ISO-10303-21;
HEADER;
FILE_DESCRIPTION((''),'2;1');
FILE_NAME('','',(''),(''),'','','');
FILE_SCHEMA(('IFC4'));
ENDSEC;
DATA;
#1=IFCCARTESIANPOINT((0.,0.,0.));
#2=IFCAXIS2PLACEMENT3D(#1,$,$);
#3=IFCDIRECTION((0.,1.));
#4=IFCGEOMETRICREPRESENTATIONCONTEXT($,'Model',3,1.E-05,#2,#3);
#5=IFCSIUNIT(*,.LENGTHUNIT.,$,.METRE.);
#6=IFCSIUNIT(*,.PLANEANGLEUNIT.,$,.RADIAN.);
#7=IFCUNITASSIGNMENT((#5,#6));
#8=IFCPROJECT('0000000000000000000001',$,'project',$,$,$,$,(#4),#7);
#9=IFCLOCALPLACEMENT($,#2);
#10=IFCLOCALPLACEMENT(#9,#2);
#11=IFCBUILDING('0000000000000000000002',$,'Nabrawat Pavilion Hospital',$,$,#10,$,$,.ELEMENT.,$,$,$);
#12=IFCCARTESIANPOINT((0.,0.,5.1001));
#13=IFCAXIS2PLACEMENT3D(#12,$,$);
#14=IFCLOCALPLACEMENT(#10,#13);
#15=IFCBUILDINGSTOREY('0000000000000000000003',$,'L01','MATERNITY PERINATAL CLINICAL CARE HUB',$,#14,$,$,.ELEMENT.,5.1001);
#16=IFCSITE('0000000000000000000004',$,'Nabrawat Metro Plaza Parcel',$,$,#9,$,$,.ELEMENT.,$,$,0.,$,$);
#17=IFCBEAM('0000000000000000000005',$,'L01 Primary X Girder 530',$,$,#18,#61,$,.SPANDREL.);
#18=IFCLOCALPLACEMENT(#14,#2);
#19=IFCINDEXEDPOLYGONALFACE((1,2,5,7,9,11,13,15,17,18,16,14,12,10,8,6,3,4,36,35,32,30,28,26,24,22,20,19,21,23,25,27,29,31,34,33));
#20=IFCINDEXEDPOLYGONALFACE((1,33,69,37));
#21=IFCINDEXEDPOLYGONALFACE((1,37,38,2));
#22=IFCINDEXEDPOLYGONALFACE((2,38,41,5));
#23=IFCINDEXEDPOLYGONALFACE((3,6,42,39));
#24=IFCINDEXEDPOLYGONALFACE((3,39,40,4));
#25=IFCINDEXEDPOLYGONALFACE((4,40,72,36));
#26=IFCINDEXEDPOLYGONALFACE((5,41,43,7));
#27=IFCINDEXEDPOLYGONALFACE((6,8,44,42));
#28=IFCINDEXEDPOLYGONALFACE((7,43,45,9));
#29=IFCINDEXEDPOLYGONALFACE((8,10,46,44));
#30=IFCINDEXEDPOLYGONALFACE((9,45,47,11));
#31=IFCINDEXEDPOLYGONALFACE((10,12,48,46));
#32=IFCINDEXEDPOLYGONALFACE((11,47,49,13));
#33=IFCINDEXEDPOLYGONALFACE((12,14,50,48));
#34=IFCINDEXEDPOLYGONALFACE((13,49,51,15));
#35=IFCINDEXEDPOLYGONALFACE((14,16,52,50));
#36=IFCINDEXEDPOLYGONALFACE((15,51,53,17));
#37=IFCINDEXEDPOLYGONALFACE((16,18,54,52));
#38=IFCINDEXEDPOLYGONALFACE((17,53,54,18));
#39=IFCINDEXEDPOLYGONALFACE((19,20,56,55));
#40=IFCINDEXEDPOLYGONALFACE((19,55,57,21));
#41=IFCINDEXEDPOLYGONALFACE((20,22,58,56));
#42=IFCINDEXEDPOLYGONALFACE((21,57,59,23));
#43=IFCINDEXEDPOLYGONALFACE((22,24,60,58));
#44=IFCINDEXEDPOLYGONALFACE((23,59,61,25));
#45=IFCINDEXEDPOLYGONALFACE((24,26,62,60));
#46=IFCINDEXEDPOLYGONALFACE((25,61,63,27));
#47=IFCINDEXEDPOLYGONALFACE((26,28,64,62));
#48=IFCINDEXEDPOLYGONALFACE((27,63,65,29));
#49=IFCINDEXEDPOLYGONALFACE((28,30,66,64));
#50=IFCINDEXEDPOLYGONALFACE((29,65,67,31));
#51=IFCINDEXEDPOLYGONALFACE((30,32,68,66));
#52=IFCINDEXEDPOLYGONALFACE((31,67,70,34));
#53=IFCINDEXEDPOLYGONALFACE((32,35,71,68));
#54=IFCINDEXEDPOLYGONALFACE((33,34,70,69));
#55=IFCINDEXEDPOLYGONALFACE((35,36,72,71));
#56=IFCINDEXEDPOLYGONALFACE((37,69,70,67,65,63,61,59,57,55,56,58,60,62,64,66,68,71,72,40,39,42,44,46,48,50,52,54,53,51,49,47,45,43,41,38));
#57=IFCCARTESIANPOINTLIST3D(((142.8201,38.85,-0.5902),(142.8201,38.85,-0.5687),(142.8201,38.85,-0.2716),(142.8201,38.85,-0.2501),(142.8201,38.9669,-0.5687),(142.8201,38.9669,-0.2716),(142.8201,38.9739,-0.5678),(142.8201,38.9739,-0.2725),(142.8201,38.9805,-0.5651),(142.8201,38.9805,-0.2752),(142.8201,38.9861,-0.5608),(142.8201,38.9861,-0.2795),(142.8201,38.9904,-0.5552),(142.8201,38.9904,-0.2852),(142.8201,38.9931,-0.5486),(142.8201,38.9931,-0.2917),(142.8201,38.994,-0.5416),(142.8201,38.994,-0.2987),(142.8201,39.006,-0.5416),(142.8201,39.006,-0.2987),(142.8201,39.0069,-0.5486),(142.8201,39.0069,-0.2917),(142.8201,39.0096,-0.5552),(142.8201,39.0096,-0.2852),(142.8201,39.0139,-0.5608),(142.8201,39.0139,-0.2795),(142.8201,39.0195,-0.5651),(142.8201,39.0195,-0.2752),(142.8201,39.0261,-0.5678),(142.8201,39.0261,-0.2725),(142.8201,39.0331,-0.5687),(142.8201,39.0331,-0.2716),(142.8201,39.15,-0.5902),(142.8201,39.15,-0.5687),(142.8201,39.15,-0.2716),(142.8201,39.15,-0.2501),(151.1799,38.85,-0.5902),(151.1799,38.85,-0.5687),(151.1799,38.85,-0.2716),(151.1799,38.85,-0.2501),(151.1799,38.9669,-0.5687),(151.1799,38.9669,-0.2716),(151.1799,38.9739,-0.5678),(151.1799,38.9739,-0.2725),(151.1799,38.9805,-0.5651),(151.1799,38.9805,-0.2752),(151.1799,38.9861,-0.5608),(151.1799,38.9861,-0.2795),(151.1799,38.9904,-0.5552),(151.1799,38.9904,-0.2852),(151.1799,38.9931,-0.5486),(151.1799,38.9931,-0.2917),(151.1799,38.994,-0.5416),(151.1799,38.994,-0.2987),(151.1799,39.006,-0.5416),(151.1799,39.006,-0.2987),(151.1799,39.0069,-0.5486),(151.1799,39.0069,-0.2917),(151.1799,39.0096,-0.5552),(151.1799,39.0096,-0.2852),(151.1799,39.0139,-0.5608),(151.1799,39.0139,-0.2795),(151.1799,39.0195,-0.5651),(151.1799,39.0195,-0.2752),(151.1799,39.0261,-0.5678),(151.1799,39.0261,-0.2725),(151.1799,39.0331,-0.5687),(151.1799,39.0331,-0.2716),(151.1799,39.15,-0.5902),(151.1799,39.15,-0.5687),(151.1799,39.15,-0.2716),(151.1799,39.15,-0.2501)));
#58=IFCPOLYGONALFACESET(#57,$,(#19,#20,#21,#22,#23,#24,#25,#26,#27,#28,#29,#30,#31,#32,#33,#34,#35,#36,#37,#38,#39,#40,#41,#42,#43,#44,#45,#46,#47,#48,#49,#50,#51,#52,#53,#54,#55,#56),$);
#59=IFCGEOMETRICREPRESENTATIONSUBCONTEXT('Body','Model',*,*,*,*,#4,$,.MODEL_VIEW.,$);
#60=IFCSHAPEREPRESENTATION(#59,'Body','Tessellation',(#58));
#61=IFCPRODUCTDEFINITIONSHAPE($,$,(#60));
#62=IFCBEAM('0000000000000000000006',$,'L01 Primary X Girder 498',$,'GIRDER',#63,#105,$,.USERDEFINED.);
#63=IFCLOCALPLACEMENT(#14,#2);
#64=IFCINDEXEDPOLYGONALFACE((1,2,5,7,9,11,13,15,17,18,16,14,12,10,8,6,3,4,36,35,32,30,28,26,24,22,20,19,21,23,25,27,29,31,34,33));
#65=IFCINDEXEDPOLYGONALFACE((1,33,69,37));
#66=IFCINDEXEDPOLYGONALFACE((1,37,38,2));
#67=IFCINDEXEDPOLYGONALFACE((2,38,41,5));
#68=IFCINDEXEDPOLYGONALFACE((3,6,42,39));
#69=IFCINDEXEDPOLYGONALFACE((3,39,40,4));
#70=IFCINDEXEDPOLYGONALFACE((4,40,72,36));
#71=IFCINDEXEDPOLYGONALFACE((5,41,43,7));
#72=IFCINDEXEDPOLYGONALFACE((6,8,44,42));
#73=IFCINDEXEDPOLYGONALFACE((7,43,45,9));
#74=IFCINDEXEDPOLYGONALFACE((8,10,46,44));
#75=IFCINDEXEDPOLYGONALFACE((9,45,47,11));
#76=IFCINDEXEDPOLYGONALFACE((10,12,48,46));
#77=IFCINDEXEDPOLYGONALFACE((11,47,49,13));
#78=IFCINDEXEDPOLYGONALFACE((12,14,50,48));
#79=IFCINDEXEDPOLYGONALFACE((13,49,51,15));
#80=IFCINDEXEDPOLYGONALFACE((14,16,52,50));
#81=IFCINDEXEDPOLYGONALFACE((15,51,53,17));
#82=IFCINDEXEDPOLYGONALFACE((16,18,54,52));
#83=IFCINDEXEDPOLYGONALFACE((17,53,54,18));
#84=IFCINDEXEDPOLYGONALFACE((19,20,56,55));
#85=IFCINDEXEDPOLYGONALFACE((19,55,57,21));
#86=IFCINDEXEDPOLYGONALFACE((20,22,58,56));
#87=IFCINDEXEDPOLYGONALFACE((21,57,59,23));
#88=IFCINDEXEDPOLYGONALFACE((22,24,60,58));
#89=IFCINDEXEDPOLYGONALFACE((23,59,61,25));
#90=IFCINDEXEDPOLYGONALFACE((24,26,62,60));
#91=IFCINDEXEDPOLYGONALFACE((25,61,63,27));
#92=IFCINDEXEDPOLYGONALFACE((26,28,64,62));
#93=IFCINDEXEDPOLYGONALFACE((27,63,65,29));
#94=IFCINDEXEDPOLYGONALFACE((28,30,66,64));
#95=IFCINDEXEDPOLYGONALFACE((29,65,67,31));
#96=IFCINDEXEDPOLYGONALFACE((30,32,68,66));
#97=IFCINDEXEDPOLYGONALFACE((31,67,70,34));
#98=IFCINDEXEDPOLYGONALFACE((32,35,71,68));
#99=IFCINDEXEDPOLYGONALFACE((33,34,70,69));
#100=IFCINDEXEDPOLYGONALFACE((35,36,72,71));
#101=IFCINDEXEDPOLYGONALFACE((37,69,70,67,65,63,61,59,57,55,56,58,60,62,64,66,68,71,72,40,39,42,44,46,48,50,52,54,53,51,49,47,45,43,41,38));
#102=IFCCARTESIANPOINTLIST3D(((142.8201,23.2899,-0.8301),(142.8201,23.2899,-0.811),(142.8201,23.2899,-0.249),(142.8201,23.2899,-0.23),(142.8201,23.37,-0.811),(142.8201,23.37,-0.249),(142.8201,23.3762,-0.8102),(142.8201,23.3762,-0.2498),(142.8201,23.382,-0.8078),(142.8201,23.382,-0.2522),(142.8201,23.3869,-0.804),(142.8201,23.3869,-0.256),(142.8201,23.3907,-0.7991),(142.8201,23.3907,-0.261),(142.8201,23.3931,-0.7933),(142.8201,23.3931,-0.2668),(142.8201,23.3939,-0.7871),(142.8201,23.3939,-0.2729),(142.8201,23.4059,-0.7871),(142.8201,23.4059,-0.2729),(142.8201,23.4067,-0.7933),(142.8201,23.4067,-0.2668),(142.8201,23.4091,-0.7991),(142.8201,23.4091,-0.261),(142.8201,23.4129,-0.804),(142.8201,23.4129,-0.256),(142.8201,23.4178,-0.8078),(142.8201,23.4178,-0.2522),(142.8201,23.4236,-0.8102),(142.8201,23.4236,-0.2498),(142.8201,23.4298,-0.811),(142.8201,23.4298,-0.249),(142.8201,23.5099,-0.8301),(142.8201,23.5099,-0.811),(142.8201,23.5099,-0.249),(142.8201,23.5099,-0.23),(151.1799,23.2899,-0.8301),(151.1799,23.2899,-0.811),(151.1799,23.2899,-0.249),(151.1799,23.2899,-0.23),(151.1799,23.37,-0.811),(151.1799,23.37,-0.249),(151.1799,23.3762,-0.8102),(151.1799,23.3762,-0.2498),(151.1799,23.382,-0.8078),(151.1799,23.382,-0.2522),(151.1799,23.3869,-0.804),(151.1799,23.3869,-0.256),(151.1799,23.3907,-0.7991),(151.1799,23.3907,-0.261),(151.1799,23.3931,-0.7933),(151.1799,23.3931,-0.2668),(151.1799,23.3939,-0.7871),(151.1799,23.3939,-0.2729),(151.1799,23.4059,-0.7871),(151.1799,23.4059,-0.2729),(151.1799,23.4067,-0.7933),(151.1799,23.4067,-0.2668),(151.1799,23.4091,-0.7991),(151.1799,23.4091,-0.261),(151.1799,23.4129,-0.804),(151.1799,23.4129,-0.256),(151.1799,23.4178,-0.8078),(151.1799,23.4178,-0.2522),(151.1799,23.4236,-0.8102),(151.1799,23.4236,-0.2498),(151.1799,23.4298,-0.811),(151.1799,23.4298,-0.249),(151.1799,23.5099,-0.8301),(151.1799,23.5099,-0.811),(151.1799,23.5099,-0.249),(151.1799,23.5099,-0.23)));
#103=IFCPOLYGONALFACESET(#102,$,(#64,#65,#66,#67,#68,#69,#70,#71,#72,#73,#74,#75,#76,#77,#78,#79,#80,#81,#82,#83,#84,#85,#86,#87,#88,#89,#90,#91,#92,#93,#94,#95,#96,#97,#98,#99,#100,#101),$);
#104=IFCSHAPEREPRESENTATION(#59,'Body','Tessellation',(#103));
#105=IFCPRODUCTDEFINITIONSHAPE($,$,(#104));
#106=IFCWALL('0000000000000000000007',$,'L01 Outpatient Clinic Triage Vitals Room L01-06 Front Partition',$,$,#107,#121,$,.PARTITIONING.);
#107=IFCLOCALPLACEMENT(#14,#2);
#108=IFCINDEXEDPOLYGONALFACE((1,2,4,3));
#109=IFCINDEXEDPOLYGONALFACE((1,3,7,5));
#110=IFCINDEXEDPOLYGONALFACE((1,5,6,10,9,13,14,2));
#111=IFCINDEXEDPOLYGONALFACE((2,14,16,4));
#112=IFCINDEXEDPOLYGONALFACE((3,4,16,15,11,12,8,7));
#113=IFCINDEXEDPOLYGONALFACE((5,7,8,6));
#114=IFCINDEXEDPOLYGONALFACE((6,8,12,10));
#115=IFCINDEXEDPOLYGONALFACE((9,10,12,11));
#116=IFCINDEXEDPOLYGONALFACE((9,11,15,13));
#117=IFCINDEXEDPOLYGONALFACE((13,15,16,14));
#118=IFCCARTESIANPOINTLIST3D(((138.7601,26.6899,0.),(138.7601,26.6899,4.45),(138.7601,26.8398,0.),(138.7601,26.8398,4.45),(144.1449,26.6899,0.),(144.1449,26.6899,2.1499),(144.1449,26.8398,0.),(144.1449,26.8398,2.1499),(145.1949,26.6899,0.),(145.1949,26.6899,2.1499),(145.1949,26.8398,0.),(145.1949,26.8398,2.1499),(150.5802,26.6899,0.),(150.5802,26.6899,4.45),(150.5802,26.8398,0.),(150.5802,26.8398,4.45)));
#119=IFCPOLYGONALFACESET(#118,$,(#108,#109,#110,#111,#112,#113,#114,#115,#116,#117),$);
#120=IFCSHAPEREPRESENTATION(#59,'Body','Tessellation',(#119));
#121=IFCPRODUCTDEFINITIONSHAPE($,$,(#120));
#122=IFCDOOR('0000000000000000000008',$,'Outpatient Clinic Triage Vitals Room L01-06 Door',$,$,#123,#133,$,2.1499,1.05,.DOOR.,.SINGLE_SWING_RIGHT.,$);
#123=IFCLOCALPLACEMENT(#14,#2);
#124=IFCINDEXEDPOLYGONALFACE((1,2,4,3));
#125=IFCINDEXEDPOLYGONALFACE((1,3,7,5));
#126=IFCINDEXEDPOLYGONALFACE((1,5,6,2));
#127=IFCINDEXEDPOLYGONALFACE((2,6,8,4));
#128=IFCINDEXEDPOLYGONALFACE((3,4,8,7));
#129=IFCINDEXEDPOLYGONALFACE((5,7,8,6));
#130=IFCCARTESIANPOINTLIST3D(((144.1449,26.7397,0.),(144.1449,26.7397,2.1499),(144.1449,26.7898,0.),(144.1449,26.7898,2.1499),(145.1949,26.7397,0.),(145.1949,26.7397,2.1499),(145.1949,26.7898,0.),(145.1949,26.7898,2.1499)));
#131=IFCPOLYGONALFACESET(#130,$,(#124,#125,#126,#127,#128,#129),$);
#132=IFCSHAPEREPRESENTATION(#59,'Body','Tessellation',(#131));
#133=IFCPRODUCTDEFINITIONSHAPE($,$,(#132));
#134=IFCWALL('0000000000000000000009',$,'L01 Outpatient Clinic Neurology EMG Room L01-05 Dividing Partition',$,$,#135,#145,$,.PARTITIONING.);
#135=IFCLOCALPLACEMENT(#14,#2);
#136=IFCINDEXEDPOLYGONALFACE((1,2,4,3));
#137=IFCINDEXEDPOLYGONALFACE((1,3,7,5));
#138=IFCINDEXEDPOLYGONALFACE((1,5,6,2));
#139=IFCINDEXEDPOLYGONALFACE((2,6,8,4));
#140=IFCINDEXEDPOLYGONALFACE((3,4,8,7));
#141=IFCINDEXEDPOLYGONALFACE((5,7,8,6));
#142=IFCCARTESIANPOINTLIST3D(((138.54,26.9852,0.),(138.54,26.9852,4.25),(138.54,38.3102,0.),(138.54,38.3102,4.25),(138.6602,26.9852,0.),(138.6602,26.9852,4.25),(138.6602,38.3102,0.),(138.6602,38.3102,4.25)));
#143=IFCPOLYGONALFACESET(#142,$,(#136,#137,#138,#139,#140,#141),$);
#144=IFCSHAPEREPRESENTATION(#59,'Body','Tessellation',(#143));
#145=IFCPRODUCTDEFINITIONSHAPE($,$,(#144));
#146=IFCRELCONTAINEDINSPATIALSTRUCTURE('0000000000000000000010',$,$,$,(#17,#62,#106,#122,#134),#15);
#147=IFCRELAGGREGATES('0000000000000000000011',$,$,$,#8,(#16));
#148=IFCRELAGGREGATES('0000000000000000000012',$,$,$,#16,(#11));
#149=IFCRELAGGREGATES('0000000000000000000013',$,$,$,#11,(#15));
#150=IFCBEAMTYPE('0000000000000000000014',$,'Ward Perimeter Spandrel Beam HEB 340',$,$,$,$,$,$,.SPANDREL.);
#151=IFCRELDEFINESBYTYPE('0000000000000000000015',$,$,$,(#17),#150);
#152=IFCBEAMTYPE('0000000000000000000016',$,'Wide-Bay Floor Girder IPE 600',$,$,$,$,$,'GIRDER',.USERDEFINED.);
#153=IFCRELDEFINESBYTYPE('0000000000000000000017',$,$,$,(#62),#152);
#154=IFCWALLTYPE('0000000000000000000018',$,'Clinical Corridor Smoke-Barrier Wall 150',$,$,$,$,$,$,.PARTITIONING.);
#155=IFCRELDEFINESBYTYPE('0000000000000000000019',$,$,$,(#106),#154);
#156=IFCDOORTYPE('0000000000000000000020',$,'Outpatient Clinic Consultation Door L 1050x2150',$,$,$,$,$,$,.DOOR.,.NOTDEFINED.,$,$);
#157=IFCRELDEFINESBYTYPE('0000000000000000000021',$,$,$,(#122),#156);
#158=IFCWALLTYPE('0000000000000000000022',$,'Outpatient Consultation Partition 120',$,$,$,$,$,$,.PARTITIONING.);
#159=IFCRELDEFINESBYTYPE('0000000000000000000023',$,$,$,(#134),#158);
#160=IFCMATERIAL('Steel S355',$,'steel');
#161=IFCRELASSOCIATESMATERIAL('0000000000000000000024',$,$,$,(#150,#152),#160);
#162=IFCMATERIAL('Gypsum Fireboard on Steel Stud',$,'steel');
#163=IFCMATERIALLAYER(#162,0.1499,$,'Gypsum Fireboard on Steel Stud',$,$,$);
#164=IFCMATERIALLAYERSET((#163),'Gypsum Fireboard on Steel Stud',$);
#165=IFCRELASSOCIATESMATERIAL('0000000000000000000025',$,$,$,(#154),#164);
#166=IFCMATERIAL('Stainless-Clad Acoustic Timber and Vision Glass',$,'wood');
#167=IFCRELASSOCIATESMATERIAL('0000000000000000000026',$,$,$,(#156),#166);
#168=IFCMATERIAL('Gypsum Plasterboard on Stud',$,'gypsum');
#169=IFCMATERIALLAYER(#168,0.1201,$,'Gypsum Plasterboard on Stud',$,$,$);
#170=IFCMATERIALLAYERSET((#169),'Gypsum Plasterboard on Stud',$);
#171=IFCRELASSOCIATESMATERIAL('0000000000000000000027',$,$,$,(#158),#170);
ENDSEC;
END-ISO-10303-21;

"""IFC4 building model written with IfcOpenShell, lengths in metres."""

from ifc_helpers import new_model, si_unit, direction, frame, frame_2d, origin, origin_2d, place, context, subcontext, project, spatial, rectangle, i_section, extrude, material, layer, layer_set, material_profile, profile_set, type_object, element, fill, save


model = new_model("IFC4")

# Units and contexts
model_context = context("Model", 3, precision=1e-05, world=origin(), true_north=direction((0.0, 1.0)))
body_context = subcontext(model_context, "Body", "Model", "MODEL_VIEW")
ifc_project = project(units=[si_unit("LENGTHUNIT", "METRE"), si_unit("PLANEANGLEUNIT", "RADIAN")], contexts=[model_context])

# Site, building, storey
site_placement = place(None, origin())
site = spatial("IfcSite", under=ifc_project, at=site_placement, Name="Nabrawat Metro Plaza Parcel", CompositionType="ELEMENT", RefElevation=0.0)
building_placement = place(site_placement, origin())
building = spatial("IfcBuilding", under=site, at=building_placement, Name="Nabrawat Pavilion Hospital", CompositionType="ELEMENT")
storey_placement = place(building_placement, frame((0.0, 0.0, 5.1001)))
storey = spatial("IfcBuildingStorey", under=building, at=storey_placement, Name="L01", Description="MATERNITY PERINATAL CLINICAL CARE HUB", CompositionType="ELEMENT", Elevation=5.1001)

# Shared definitions
ifc_material_1 = material(Name="Steel S355", Category="steel")

# Beams
ifc_material_profile_1 = material_profile(ifc_material_1, i_section(OverallWidth=0.3, OverallDepth=0.3401, WebThickness=0.012, FlangeThickness=0.0215, FilletRadius=0.0271, at=origin_2d()), Name="HEB 340")
ifc_profile_set_1 = profile_set([ifc_material_profile_1], Name="Steel S355")
beam_type_1 = type_object("IfcBeamType", Name="Ward Perimeter Spandrel Beam HEB 340", PredefinedType="SPANDREL", material=ifc_profile_set_1)
beam_1_placement = place(storey_placement, frame((142.8201, 39.0, -0.4202), z_axis=(1.0, 0.0, 0.0), x_axis=(0.0, 1.0, 0.0)))
element("IfcBeam", 1, at=beam_1_placement, inside=storey, type_object=beam_type_1, Name="L01 Primary X Girder 530", PredefinedType="SPANDREL", context=body_context, shape_type="SweptSolid", body=[
    extrude(i_section(OverallWidth=0.3, OverallDepth=0.3401, WebThickness=0.012, FlangeThickness=0.0215, FilletRadius=0.0271, at=origin_2d()), origin(), (0.0, 0.0, 1.0), 8.3599),
])
ifc_material_profile_2 = material_profile(ifc_material_1, i_section(OverallWidth=0.22, OverallDepth=0.6001, WebThickness=0.012, FlangeThickness=0.019, FilletRadius=0.0239, at=origin_2d()), Name="IPE 600")
ifc_profile_set_2 = profile_set([ifc_material_profile_2], Name="Steel S355")
beam_type_2 = type_object("IfcBeamType", Name="Wide-Bay Floor Girder IPE 600", ElementType="GIRDER", PredefinedType="USERDEFINED", material=ifc_profile_set_2)
beam_2_placement = place(storey_placement, frame((142.8201, 23.3999, -0.53), z_axis=(1.0, 0.0, 0.0), x_axis=(0.0, 1.0, 0.0)))
element("IfcBeam", 2, at=beam_2_placement, inside=storey, type_object=beam_type_2, Name="L01 Primary X Girder 498", ObjectType="GIRDER", PredefinedType="USERDEFINED", context=body_context, shape_type="SweptSolid", body=[
    extrude(i_section(OverallWidth=0.22, OverallDepth=0.6001, WebThickness=0.012, FlangeThickness=0.019, FilletRadius=0.0239, at=origin_2d()), origin(), (0.0, 0.0, 1.0), 8.3599),
])

# Wall, opening, door
ifc_material_2 = material(Name="Gypsum Fireboard on Steel Stud", Category="steel")
ifc_layer_1 = layer(ifc_material_2, 0.1499, Name="Gypsum Fireboard on Steel Stud")
ifc_layer_set_1 = layer_set([ifc_layer_1], Name="Gypsum Fireboard on Steel Stud")
wall_type_1 = type_object("IfcWallType", Name="Clinical Corridor Smoke-Barrier Wall 150", PredefinedType="PARTITIONING", material=ifc_layer_set_1)
wall_1_placement = place(storey_placement, frame((138.76, 26.7649, 0.0), z_axis=(0.0, 0.0, 1.0), x_axis=(1.0, 0.0, 0.0)))
wall_1 = element("IfcWall", 3, at=wall_1_placement, inside=storey, type_object=wall_type_1, Name="L01 Outpatient Clinic Triage Vitals Room L01-06 Front Partition", PredefinedType="PARTITIONING", context=body_context, shape_type="SweptSolid", body=[
    extrude(rectangle(XDim=11.8201, YDim=0.1499, at=frame_2d((5.9102, 0.0))), origin(), (0.0, 0.0, 1.0), 4.45),
])
opening_placement = place(wall_1_placement, frame((5.385, 0.0, 0.0)))
opening = element("IfcOpeningElement", 4, at=opening_placement, cuts=wall_1, PredefinedType="OPENING", context=body_context, shape_type="SweptSolid", body=[
    extrude(rectangle(XDim=1.05, YDim=2.1499, at=frame_2d((0.5249, 1.075))), frame((0.0, 0.085, 0.0), z_axis=(0.0, -1.0, 0.0), x_axis=(1.0, 0.0, 0.0)), (0.0, 0.0, 1.0), 0.1699),
])
ifc_material_3 = material(Name="Stainless-Clad Acoustic Timber and Vision Glass", Category="wood")
door_type = type_object("IfcDoorType", Name="Outpatient Clinic Consultation Door L 1050x2150", OperationType="NOTDEFINED", PredefinedType="DOOR", material=ifc_material_3)
door_placement = place(opening_placement, origin())
door = element("IfcDoor", 5, at=door_placement, inside=storey, type_object=door_type, Name="Outpatient Clinic Triage Vitals Room L01-06 Door", OperationType="SINGLE_SWING_RIGHT", OverallHeight=2.1499, OverallWidth=1.05, PredefinedType="DOOR", context=body_context, shape_type="SweptSolid", body=[
    extrude(rectangle(XDim=1.05, YDim=2.1499, at=frame_2d((0.5249, 1.075))), frame((0.0, 0.0249, 0.0), z_axis=(0.0, -1.0, 0.0), x_axis=(1.0, 0.0, 0.0)), (0.0, 0.0, 1.0), 0.05),
])
fill(opening, door)

# Wall
ifc_material_4 = material(Name="Gypsum Plasterboard on Stud", Category="gypsum")
ifc_layer_2 = layer(ifc_material_4, 0.1201, Name="Gypsum Plasterboard on Stud")
ifc_layer_set_2 = layer_set([ifc_layer_2], Name="Gypsum Plasterboard on Stud")
wall_type_2 = type_object("IfcWallType", Name="Outpatient Consultation Partition 120", PredefinedType="PARTITIONING", material=ifc_layer_set_2)
wall_2_placement = place(storey_placement, frame((138.6001, 26.9851, 0.0), z_axis=(0.0, 0.0, 1.0), x_axis=(0.0, 1.0, 0.0)))
element("IfcWall", 6, at=wall_2_placement, inside=storey, type_object=wall_type_2, Name="L01 Outpatient Clinic Neurology EMG Room L01-05 Dividing Partition", PredefinedType="PARTITIONING", context=body_context, shape_type="SweptSolid", body=[
    extrude(rectangle(XDim=11.325, YDim=0.1201, at=frame_2d((5.6626, 0.0))), origin(), (0.0, 0.0, 1.0), 4.25),
])

save(model, "model.ifc")
